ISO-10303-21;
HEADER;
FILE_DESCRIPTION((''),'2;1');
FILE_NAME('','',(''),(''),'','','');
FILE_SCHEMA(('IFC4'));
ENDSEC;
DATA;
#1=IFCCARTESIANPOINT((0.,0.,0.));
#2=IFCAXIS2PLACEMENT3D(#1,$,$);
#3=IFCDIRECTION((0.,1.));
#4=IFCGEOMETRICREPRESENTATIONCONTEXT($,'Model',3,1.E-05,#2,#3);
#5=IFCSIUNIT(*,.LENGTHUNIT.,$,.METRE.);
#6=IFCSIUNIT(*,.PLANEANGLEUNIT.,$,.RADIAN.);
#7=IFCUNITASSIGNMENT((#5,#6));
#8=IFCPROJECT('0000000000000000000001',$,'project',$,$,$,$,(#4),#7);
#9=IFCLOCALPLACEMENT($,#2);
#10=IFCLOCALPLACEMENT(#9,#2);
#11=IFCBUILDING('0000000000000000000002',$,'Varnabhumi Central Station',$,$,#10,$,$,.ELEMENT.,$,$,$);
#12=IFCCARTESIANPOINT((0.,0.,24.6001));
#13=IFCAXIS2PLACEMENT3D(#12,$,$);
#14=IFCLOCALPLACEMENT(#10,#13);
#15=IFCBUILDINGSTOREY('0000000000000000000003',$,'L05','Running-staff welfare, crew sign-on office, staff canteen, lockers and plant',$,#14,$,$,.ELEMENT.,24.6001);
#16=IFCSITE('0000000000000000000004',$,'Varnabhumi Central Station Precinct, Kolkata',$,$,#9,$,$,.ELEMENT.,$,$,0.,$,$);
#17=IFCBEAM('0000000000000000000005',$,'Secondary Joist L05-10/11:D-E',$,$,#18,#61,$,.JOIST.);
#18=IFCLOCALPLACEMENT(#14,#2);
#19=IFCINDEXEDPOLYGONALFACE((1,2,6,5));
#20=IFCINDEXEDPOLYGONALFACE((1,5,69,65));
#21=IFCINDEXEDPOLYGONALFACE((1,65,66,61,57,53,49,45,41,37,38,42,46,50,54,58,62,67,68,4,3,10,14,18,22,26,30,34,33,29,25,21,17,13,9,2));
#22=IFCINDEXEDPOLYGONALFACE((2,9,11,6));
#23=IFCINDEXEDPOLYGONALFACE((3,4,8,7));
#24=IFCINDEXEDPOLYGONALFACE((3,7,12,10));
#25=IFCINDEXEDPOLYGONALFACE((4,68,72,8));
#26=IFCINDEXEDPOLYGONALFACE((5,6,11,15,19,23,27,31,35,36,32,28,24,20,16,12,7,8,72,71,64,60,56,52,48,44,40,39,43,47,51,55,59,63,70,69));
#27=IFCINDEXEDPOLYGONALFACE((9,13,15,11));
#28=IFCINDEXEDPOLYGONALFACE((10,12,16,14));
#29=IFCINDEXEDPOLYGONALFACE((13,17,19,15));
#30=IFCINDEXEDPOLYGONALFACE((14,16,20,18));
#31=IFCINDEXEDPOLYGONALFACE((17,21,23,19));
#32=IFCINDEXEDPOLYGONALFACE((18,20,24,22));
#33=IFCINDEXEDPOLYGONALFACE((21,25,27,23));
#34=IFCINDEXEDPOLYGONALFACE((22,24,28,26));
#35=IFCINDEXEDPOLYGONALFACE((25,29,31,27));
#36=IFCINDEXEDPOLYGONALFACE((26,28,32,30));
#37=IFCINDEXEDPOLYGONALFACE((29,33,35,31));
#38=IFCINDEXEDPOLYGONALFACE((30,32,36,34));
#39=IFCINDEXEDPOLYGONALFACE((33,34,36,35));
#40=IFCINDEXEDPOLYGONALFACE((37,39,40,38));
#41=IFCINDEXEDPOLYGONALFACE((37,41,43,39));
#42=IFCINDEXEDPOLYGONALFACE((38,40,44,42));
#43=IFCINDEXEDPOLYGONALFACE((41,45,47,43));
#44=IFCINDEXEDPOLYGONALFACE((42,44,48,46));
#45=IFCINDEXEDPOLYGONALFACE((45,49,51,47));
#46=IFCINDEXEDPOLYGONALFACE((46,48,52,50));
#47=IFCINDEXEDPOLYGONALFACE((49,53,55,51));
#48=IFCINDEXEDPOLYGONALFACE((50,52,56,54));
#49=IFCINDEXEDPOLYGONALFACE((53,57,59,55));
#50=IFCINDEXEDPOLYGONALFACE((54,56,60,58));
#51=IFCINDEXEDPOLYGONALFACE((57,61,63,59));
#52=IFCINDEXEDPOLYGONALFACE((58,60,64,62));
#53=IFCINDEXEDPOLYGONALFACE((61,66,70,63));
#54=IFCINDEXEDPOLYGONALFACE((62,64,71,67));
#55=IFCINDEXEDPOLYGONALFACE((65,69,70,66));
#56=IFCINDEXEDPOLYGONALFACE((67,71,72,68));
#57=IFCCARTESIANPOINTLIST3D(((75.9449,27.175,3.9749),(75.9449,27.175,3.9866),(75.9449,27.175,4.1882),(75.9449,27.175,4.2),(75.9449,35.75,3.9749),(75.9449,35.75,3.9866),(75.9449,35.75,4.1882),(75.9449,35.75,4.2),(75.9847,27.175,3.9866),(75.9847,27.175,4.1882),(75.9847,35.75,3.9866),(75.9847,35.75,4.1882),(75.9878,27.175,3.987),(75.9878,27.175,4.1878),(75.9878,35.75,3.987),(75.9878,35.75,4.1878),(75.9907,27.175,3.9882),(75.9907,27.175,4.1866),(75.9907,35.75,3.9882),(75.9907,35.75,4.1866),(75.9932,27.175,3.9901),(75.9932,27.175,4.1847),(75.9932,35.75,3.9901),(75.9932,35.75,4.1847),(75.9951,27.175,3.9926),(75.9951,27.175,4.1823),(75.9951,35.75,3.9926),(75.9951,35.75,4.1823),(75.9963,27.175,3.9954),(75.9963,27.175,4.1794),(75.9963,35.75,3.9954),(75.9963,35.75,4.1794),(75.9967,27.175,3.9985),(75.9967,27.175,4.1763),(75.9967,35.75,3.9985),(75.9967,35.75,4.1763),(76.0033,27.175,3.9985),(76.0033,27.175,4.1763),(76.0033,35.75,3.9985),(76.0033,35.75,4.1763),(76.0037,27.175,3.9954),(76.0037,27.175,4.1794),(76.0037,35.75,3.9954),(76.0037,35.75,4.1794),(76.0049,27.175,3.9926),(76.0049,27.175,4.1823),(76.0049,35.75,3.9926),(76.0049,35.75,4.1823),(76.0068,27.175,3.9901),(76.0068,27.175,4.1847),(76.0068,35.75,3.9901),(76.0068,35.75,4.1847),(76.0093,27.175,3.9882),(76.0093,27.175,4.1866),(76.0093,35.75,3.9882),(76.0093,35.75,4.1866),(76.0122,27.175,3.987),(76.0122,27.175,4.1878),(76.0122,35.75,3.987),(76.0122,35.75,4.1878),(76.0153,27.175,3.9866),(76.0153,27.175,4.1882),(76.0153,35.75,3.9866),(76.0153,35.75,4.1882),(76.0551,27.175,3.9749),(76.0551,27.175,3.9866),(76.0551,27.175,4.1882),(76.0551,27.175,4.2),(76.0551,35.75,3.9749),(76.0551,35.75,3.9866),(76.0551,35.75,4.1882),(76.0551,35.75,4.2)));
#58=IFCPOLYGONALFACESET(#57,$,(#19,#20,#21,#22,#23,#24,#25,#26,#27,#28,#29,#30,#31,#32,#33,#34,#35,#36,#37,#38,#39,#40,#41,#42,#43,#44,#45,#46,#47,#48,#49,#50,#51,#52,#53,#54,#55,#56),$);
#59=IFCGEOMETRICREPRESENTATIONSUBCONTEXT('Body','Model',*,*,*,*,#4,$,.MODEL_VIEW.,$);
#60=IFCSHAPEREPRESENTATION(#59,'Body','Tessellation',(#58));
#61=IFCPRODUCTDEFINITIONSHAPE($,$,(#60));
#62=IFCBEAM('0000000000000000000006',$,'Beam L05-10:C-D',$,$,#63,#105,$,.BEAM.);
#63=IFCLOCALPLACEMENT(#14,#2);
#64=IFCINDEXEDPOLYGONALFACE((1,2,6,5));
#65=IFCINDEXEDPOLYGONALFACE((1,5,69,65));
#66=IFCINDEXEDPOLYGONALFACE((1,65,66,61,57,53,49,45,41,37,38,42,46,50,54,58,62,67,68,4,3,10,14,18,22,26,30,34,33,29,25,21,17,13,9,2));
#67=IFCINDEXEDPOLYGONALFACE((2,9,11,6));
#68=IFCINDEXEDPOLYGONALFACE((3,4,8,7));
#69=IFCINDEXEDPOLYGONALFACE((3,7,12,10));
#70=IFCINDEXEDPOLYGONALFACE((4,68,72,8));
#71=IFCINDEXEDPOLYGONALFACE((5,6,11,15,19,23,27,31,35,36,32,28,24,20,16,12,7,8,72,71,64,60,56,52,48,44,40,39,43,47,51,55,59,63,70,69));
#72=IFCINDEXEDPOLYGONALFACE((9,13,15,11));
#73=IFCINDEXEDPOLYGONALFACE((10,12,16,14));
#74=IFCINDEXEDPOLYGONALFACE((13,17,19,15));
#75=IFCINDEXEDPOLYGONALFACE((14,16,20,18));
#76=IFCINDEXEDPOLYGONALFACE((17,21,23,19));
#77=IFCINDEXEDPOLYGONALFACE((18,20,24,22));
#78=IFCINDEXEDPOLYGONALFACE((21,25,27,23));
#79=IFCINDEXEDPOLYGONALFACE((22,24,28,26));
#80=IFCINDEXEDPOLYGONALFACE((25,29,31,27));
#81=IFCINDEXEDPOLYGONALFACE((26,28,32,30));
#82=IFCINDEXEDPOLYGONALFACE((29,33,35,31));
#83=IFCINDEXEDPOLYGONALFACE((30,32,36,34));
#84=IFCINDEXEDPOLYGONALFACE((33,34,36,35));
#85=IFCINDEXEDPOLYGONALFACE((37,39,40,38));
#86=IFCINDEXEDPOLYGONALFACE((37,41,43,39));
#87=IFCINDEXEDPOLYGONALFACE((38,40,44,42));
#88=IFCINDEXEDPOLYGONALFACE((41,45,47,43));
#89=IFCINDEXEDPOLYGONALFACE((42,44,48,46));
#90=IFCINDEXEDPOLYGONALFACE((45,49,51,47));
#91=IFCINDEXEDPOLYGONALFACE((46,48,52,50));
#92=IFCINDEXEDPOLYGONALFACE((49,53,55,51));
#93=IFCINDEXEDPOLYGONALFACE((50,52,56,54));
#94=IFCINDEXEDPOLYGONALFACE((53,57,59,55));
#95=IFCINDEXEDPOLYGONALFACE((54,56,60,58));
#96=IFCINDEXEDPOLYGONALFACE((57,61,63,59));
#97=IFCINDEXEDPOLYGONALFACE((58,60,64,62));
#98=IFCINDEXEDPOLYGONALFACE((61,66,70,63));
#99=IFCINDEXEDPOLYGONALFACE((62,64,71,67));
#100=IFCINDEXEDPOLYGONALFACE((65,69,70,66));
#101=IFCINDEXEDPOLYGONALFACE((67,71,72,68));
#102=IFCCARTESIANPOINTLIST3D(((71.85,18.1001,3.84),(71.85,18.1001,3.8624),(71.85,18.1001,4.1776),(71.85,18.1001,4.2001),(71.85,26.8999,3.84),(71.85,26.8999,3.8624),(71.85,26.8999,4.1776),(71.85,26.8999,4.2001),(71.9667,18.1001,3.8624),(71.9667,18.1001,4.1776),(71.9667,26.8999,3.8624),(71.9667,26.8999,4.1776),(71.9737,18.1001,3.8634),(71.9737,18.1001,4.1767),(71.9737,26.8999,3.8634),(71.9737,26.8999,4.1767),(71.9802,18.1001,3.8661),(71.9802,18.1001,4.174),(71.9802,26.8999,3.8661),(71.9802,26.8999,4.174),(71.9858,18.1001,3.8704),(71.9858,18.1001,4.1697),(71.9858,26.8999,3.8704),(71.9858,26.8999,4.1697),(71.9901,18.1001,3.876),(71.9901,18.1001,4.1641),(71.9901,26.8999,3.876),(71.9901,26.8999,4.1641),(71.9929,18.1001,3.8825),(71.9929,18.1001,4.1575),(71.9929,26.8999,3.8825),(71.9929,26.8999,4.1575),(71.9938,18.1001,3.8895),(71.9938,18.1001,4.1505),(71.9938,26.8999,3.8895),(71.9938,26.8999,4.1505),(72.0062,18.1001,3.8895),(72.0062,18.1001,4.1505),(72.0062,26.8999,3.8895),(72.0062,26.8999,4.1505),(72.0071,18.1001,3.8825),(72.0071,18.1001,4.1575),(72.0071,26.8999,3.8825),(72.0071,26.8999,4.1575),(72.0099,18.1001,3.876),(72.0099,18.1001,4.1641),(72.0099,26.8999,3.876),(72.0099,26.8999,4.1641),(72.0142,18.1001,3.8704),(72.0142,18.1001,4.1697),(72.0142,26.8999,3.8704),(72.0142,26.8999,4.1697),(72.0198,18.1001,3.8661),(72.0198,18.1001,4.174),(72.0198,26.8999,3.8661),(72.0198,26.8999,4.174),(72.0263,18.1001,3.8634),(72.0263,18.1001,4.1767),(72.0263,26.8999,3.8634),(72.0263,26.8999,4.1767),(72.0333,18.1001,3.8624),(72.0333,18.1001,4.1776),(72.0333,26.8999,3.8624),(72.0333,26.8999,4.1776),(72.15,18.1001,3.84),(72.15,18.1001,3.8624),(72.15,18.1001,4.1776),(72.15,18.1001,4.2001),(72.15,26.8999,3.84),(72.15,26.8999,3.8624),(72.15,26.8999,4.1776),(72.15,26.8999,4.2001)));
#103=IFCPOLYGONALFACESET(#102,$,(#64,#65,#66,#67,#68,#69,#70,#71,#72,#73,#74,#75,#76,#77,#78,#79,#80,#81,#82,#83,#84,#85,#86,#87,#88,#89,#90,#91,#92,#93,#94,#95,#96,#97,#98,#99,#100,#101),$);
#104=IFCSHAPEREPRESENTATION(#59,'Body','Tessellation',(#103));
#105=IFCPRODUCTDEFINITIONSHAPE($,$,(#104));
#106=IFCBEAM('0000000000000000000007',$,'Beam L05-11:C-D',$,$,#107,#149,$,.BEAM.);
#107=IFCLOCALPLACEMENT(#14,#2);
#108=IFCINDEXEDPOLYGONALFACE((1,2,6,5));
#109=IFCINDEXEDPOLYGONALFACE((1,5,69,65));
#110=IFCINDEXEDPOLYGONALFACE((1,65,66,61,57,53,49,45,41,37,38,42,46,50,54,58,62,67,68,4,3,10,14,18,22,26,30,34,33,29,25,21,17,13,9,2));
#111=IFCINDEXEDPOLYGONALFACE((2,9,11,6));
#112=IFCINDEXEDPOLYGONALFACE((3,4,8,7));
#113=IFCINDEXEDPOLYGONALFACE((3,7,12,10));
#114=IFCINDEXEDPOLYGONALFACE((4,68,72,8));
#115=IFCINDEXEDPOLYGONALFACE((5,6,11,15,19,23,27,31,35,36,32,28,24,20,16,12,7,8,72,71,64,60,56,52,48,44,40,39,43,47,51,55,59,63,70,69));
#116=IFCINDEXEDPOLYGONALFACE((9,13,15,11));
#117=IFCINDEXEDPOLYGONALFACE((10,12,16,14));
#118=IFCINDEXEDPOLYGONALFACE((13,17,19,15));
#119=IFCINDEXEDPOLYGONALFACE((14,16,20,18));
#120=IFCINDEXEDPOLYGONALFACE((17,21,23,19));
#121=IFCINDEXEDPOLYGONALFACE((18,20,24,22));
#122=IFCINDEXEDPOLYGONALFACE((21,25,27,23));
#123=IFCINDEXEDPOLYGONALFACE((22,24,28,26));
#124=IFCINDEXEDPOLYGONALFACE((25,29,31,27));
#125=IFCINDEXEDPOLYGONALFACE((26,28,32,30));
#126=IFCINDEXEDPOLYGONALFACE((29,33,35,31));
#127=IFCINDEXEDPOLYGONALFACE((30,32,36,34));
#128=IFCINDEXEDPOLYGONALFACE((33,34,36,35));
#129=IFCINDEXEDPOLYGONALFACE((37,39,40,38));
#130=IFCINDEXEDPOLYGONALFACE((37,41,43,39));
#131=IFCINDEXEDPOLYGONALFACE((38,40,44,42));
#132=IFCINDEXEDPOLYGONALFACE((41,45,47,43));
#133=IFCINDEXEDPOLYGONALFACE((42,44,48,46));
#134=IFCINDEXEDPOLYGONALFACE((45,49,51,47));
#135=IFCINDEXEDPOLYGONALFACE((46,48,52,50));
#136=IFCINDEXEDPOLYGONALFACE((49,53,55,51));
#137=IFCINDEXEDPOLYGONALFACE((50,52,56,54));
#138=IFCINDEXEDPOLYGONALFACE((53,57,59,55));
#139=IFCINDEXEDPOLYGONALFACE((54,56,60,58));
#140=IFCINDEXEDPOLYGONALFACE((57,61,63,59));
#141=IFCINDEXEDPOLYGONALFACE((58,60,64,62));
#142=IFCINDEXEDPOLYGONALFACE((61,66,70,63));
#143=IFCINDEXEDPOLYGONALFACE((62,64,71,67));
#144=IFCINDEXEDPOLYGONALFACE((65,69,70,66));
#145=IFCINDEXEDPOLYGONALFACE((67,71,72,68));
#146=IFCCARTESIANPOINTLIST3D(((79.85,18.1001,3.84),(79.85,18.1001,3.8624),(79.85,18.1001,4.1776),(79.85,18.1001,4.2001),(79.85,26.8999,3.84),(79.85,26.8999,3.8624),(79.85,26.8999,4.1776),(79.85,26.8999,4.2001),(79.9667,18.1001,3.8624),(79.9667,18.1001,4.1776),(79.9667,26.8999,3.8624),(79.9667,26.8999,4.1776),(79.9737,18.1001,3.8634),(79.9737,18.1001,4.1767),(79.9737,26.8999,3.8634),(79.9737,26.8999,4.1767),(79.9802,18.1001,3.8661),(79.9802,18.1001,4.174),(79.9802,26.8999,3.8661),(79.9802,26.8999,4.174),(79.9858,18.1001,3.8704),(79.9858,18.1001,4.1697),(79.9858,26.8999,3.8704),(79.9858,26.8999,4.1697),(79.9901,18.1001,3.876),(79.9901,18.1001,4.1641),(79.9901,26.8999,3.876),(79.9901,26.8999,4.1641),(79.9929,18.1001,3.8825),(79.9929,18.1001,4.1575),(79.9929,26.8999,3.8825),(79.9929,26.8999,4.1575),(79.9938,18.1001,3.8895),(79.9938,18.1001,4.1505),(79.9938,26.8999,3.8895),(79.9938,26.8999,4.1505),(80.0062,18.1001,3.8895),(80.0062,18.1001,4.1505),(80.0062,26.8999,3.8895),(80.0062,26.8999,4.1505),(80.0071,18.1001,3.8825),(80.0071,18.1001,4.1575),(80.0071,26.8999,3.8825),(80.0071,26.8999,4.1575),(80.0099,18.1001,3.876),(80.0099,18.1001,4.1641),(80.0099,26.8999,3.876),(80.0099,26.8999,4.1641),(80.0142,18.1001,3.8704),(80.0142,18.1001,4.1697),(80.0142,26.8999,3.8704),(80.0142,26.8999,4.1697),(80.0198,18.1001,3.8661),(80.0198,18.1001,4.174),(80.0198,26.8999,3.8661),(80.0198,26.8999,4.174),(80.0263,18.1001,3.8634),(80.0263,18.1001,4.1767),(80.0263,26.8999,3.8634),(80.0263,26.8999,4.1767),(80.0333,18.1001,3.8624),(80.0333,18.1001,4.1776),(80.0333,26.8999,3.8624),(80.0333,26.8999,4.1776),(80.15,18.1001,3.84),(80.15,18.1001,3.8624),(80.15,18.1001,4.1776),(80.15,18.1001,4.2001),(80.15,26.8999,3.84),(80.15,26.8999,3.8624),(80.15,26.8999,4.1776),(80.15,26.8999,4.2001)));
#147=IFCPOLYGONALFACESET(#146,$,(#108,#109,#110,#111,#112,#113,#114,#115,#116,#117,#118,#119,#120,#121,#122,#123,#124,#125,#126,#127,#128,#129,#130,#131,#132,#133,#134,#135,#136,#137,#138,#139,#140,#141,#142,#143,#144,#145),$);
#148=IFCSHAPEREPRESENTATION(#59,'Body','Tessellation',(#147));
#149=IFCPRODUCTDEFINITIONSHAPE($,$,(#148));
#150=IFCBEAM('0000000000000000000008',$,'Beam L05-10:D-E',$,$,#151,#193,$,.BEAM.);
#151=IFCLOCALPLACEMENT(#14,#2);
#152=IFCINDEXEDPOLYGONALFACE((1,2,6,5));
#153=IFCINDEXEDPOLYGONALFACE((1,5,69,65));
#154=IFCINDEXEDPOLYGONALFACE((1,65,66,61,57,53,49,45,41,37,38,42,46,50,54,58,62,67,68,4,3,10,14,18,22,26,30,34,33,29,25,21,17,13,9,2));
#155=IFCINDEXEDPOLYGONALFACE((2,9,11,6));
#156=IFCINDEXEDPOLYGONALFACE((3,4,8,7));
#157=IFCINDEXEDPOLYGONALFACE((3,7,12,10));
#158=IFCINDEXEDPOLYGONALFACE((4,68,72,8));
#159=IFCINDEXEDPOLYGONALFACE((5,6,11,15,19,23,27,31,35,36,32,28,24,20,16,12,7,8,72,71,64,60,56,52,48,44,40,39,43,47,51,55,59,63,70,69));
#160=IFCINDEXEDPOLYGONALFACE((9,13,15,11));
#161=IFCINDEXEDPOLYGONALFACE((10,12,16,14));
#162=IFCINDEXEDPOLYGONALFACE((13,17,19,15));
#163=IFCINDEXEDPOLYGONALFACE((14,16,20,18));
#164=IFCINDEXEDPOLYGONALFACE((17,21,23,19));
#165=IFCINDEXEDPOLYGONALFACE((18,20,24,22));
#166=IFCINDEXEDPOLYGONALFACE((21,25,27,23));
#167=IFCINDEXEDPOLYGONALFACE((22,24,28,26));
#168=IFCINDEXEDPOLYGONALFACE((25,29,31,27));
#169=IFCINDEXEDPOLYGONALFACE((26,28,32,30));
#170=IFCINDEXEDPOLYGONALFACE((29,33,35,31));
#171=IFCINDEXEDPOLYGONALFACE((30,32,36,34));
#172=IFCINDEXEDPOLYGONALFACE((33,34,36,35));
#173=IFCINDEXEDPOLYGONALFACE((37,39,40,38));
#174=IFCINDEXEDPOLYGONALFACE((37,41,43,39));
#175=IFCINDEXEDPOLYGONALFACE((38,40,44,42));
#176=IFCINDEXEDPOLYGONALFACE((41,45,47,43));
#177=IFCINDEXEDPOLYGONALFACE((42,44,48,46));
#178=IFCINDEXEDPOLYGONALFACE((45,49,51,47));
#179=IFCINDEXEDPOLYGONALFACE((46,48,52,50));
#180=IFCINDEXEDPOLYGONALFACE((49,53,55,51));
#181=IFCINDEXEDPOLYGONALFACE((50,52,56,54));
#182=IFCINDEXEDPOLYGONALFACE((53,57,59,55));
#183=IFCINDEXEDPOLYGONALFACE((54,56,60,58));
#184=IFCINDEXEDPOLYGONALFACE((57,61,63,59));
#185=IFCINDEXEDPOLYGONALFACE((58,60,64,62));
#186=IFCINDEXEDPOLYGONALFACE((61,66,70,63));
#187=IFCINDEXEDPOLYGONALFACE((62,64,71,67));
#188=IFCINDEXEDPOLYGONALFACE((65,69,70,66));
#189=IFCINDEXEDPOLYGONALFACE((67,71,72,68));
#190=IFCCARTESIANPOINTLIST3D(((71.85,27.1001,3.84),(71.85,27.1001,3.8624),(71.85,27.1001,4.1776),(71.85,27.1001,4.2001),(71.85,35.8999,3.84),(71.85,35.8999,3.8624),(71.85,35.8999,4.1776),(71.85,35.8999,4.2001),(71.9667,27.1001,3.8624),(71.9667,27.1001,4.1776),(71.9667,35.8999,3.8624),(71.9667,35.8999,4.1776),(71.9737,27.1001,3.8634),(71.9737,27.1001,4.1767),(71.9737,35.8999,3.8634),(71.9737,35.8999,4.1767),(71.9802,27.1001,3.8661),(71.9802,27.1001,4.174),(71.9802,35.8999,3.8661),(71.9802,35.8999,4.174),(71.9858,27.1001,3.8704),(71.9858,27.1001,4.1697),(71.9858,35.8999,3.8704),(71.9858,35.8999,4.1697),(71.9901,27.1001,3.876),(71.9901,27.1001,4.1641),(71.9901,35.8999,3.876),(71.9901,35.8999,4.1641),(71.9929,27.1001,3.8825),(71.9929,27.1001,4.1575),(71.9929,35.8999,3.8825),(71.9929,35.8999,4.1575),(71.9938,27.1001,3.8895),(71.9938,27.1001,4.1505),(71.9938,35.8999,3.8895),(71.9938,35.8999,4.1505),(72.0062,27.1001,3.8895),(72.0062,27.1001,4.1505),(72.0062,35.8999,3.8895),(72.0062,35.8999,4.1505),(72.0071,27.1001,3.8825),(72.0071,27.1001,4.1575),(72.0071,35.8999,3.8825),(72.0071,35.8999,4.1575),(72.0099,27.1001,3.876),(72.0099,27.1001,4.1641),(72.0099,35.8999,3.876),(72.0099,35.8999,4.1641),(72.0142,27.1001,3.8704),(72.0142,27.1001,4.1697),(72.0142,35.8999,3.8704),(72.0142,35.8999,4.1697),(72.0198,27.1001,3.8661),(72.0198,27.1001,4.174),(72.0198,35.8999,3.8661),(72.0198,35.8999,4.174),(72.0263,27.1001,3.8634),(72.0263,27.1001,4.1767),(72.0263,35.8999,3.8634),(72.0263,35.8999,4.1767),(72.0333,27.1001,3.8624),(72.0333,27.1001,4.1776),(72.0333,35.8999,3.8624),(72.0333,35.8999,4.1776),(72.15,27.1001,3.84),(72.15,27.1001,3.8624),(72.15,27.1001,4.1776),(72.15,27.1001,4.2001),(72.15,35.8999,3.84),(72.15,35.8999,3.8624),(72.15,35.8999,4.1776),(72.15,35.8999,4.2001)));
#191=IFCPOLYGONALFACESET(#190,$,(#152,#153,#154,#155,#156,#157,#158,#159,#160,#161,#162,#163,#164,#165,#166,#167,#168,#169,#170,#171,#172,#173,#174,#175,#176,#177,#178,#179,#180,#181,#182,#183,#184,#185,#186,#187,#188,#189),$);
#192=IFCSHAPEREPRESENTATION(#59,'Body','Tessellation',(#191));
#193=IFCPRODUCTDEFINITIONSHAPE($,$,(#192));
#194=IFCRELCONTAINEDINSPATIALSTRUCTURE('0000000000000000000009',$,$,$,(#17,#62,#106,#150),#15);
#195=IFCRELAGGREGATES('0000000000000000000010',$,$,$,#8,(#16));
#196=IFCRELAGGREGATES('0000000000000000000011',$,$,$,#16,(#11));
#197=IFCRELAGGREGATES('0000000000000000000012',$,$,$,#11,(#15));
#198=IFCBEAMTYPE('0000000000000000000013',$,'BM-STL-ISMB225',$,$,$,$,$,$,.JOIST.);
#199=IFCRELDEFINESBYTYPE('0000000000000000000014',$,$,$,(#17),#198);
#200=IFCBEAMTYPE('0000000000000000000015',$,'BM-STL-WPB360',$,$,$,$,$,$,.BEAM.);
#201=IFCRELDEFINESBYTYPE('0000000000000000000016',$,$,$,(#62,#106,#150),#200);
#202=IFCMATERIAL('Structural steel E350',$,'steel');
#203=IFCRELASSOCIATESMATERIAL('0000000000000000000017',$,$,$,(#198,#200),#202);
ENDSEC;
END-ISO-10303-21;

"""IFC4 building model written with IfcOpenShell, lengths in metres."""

from ifc_helpers import new_model, si_unit, direction, frame, origin, origin_2d, place, context, subcontext, project, spatial, i_section, extrude, material, material_profile, profile_set, type_object, element, save


model = new_model("IFC4")

# Units and contexts
model_context = context("Model", 3, precision=1e-05, world=origin(), true_north=direction((0.0, 1.0)))
body_context = subcontext(model_context, "Body", "Model", "MODEL_VIEW")
ifc_project = project(units=[si_unit("LENGTHUNIT", "METRE"), si_unit("PLANEANGLEUNIT", "RADIAN")], contexts=[model_context])

# Site, building, storey
site_placement = place(None, origin())
site = spatial("IfcSite", under=ifc_project, at=site_placement, Name="Varnabhumi Central Station Precinct, Kolkata", CompositionType="ELEMENT", RefElevation=0.0)
building_placement = place(site_placement, origin())
building = spatial("IfcBuilding", under=site, at=building_placement, Name="Varnabhumi Central Station", CompositionType="ELEMENT")
storey_placement = place(building_placement, frame((0.0, 0.0, 24.6001)))
storey = spatial("IfcBuildingStorey", under=building, at=storey_placement, Name="L05", Description="Running-staff welfare, crew sign-on office, staff canteen, lockers and plant", CompositionType="ELEMENT", Elevation=24.6001)

# Beams
ifc_material_1 = material(Name="Structural steel E350", Category="steel")
ifc_material_profile_1 = material_profile(ifc_material_1, i_section(OverallWidth=0.1101, OverallDepth=0.2251, WebThickness=0.0066, FlangeThickness=0.0117, FilletRadius=0.012, at=origin_2d()), Name="Structural steel E350", Category="steel")
ifc_profile_set_1 = profile_set([ifc_material_profile_1], Name="Structural steel E350")
beam_type_1 = type_object("IfcBeamType", Name="BM-STL-ISMB225", PredefinedType="JOIST", material=ifc_profile_set_1)
beam_1_placement = place(storey_placement, frame((76.0, 27.175, 4.0874), z_axis=(0.0, 1.0, 0.0), x_axis=(-1.0, 0.0, 0.0)))
element("IfcBeam", 1, at=beam_1_placement, inside=storey, type_object=beam_type_1, Name="Secondary Joist L05-10/11:D-E", PredefinedType="JOIST", context=body_context, shape_type="SweptSolid", body=[
    extrude(i_section(OverallWidth=0.1101, OverallDepth=0.2251, WebThickness=0.0066, FlangeThickness=0.0117, FilletRadius=0.012, at=origin_2d()), origin(), (0.0, 0.0, 1.0), 8.575),
])
ifc_material_profile_2 = material_profile(ifc_material_1, i_section(OverallWidth=0.3, OverallDepth=0.3601, WebThickness=0.0125, FlangeThickness=0.0225, FilletRadius=0.0271, at=origin_2d()), Name="Structural steel E350", Category="steel")
ifc_profile_set_2 = profile_set([ifc_material_profile_2], Name="Structural steel E350")
beam_type_2 = type_object("IfcBeamType", Name="BM-STL-WPB360", PredefinedType="BEAM", material=ifc_profile_set_2)
for number, where, z_axis, x_axis, name in (
    (2, (72.0, 18.1001, 4.02), (0.0, 1.0, 0.0), (-1.0, 0.0, 0.0), "Beam L05-10:C-D"),
    (3, (80.0, 18.1001, 4.02), (0.0, 1.0, 0.0), (-1.0, 0.0, 0.0), "Beam L05-11:C-D"),
    (4, (72.0, 27.1001, 4.02), (0.0, 1.0, 0.0), (-1.0, 0.0, 0.0), "Beam L05-10:D-E"),
):
    element("IfcBeam", number, at=place(storey_placement, frame(where, z_axis=z_axis, x_axis=x_axis)), inside=storey, type_object=beam_type_2, Name=name, PredefinedType="BEAM", context=body_context, shape_type="SweptSolid", body=[
        extrude(i_section(OverallWidth=0.3, OverallDepth=0.3601, WebThickness=0.0125, FlangeThickness=0.0225, FilletRadius=0.0271, at=origin_2d()), origin(), (0.0, 0.0, 1.0), 8.7998),
    ])

save(model, "model.ifc")
